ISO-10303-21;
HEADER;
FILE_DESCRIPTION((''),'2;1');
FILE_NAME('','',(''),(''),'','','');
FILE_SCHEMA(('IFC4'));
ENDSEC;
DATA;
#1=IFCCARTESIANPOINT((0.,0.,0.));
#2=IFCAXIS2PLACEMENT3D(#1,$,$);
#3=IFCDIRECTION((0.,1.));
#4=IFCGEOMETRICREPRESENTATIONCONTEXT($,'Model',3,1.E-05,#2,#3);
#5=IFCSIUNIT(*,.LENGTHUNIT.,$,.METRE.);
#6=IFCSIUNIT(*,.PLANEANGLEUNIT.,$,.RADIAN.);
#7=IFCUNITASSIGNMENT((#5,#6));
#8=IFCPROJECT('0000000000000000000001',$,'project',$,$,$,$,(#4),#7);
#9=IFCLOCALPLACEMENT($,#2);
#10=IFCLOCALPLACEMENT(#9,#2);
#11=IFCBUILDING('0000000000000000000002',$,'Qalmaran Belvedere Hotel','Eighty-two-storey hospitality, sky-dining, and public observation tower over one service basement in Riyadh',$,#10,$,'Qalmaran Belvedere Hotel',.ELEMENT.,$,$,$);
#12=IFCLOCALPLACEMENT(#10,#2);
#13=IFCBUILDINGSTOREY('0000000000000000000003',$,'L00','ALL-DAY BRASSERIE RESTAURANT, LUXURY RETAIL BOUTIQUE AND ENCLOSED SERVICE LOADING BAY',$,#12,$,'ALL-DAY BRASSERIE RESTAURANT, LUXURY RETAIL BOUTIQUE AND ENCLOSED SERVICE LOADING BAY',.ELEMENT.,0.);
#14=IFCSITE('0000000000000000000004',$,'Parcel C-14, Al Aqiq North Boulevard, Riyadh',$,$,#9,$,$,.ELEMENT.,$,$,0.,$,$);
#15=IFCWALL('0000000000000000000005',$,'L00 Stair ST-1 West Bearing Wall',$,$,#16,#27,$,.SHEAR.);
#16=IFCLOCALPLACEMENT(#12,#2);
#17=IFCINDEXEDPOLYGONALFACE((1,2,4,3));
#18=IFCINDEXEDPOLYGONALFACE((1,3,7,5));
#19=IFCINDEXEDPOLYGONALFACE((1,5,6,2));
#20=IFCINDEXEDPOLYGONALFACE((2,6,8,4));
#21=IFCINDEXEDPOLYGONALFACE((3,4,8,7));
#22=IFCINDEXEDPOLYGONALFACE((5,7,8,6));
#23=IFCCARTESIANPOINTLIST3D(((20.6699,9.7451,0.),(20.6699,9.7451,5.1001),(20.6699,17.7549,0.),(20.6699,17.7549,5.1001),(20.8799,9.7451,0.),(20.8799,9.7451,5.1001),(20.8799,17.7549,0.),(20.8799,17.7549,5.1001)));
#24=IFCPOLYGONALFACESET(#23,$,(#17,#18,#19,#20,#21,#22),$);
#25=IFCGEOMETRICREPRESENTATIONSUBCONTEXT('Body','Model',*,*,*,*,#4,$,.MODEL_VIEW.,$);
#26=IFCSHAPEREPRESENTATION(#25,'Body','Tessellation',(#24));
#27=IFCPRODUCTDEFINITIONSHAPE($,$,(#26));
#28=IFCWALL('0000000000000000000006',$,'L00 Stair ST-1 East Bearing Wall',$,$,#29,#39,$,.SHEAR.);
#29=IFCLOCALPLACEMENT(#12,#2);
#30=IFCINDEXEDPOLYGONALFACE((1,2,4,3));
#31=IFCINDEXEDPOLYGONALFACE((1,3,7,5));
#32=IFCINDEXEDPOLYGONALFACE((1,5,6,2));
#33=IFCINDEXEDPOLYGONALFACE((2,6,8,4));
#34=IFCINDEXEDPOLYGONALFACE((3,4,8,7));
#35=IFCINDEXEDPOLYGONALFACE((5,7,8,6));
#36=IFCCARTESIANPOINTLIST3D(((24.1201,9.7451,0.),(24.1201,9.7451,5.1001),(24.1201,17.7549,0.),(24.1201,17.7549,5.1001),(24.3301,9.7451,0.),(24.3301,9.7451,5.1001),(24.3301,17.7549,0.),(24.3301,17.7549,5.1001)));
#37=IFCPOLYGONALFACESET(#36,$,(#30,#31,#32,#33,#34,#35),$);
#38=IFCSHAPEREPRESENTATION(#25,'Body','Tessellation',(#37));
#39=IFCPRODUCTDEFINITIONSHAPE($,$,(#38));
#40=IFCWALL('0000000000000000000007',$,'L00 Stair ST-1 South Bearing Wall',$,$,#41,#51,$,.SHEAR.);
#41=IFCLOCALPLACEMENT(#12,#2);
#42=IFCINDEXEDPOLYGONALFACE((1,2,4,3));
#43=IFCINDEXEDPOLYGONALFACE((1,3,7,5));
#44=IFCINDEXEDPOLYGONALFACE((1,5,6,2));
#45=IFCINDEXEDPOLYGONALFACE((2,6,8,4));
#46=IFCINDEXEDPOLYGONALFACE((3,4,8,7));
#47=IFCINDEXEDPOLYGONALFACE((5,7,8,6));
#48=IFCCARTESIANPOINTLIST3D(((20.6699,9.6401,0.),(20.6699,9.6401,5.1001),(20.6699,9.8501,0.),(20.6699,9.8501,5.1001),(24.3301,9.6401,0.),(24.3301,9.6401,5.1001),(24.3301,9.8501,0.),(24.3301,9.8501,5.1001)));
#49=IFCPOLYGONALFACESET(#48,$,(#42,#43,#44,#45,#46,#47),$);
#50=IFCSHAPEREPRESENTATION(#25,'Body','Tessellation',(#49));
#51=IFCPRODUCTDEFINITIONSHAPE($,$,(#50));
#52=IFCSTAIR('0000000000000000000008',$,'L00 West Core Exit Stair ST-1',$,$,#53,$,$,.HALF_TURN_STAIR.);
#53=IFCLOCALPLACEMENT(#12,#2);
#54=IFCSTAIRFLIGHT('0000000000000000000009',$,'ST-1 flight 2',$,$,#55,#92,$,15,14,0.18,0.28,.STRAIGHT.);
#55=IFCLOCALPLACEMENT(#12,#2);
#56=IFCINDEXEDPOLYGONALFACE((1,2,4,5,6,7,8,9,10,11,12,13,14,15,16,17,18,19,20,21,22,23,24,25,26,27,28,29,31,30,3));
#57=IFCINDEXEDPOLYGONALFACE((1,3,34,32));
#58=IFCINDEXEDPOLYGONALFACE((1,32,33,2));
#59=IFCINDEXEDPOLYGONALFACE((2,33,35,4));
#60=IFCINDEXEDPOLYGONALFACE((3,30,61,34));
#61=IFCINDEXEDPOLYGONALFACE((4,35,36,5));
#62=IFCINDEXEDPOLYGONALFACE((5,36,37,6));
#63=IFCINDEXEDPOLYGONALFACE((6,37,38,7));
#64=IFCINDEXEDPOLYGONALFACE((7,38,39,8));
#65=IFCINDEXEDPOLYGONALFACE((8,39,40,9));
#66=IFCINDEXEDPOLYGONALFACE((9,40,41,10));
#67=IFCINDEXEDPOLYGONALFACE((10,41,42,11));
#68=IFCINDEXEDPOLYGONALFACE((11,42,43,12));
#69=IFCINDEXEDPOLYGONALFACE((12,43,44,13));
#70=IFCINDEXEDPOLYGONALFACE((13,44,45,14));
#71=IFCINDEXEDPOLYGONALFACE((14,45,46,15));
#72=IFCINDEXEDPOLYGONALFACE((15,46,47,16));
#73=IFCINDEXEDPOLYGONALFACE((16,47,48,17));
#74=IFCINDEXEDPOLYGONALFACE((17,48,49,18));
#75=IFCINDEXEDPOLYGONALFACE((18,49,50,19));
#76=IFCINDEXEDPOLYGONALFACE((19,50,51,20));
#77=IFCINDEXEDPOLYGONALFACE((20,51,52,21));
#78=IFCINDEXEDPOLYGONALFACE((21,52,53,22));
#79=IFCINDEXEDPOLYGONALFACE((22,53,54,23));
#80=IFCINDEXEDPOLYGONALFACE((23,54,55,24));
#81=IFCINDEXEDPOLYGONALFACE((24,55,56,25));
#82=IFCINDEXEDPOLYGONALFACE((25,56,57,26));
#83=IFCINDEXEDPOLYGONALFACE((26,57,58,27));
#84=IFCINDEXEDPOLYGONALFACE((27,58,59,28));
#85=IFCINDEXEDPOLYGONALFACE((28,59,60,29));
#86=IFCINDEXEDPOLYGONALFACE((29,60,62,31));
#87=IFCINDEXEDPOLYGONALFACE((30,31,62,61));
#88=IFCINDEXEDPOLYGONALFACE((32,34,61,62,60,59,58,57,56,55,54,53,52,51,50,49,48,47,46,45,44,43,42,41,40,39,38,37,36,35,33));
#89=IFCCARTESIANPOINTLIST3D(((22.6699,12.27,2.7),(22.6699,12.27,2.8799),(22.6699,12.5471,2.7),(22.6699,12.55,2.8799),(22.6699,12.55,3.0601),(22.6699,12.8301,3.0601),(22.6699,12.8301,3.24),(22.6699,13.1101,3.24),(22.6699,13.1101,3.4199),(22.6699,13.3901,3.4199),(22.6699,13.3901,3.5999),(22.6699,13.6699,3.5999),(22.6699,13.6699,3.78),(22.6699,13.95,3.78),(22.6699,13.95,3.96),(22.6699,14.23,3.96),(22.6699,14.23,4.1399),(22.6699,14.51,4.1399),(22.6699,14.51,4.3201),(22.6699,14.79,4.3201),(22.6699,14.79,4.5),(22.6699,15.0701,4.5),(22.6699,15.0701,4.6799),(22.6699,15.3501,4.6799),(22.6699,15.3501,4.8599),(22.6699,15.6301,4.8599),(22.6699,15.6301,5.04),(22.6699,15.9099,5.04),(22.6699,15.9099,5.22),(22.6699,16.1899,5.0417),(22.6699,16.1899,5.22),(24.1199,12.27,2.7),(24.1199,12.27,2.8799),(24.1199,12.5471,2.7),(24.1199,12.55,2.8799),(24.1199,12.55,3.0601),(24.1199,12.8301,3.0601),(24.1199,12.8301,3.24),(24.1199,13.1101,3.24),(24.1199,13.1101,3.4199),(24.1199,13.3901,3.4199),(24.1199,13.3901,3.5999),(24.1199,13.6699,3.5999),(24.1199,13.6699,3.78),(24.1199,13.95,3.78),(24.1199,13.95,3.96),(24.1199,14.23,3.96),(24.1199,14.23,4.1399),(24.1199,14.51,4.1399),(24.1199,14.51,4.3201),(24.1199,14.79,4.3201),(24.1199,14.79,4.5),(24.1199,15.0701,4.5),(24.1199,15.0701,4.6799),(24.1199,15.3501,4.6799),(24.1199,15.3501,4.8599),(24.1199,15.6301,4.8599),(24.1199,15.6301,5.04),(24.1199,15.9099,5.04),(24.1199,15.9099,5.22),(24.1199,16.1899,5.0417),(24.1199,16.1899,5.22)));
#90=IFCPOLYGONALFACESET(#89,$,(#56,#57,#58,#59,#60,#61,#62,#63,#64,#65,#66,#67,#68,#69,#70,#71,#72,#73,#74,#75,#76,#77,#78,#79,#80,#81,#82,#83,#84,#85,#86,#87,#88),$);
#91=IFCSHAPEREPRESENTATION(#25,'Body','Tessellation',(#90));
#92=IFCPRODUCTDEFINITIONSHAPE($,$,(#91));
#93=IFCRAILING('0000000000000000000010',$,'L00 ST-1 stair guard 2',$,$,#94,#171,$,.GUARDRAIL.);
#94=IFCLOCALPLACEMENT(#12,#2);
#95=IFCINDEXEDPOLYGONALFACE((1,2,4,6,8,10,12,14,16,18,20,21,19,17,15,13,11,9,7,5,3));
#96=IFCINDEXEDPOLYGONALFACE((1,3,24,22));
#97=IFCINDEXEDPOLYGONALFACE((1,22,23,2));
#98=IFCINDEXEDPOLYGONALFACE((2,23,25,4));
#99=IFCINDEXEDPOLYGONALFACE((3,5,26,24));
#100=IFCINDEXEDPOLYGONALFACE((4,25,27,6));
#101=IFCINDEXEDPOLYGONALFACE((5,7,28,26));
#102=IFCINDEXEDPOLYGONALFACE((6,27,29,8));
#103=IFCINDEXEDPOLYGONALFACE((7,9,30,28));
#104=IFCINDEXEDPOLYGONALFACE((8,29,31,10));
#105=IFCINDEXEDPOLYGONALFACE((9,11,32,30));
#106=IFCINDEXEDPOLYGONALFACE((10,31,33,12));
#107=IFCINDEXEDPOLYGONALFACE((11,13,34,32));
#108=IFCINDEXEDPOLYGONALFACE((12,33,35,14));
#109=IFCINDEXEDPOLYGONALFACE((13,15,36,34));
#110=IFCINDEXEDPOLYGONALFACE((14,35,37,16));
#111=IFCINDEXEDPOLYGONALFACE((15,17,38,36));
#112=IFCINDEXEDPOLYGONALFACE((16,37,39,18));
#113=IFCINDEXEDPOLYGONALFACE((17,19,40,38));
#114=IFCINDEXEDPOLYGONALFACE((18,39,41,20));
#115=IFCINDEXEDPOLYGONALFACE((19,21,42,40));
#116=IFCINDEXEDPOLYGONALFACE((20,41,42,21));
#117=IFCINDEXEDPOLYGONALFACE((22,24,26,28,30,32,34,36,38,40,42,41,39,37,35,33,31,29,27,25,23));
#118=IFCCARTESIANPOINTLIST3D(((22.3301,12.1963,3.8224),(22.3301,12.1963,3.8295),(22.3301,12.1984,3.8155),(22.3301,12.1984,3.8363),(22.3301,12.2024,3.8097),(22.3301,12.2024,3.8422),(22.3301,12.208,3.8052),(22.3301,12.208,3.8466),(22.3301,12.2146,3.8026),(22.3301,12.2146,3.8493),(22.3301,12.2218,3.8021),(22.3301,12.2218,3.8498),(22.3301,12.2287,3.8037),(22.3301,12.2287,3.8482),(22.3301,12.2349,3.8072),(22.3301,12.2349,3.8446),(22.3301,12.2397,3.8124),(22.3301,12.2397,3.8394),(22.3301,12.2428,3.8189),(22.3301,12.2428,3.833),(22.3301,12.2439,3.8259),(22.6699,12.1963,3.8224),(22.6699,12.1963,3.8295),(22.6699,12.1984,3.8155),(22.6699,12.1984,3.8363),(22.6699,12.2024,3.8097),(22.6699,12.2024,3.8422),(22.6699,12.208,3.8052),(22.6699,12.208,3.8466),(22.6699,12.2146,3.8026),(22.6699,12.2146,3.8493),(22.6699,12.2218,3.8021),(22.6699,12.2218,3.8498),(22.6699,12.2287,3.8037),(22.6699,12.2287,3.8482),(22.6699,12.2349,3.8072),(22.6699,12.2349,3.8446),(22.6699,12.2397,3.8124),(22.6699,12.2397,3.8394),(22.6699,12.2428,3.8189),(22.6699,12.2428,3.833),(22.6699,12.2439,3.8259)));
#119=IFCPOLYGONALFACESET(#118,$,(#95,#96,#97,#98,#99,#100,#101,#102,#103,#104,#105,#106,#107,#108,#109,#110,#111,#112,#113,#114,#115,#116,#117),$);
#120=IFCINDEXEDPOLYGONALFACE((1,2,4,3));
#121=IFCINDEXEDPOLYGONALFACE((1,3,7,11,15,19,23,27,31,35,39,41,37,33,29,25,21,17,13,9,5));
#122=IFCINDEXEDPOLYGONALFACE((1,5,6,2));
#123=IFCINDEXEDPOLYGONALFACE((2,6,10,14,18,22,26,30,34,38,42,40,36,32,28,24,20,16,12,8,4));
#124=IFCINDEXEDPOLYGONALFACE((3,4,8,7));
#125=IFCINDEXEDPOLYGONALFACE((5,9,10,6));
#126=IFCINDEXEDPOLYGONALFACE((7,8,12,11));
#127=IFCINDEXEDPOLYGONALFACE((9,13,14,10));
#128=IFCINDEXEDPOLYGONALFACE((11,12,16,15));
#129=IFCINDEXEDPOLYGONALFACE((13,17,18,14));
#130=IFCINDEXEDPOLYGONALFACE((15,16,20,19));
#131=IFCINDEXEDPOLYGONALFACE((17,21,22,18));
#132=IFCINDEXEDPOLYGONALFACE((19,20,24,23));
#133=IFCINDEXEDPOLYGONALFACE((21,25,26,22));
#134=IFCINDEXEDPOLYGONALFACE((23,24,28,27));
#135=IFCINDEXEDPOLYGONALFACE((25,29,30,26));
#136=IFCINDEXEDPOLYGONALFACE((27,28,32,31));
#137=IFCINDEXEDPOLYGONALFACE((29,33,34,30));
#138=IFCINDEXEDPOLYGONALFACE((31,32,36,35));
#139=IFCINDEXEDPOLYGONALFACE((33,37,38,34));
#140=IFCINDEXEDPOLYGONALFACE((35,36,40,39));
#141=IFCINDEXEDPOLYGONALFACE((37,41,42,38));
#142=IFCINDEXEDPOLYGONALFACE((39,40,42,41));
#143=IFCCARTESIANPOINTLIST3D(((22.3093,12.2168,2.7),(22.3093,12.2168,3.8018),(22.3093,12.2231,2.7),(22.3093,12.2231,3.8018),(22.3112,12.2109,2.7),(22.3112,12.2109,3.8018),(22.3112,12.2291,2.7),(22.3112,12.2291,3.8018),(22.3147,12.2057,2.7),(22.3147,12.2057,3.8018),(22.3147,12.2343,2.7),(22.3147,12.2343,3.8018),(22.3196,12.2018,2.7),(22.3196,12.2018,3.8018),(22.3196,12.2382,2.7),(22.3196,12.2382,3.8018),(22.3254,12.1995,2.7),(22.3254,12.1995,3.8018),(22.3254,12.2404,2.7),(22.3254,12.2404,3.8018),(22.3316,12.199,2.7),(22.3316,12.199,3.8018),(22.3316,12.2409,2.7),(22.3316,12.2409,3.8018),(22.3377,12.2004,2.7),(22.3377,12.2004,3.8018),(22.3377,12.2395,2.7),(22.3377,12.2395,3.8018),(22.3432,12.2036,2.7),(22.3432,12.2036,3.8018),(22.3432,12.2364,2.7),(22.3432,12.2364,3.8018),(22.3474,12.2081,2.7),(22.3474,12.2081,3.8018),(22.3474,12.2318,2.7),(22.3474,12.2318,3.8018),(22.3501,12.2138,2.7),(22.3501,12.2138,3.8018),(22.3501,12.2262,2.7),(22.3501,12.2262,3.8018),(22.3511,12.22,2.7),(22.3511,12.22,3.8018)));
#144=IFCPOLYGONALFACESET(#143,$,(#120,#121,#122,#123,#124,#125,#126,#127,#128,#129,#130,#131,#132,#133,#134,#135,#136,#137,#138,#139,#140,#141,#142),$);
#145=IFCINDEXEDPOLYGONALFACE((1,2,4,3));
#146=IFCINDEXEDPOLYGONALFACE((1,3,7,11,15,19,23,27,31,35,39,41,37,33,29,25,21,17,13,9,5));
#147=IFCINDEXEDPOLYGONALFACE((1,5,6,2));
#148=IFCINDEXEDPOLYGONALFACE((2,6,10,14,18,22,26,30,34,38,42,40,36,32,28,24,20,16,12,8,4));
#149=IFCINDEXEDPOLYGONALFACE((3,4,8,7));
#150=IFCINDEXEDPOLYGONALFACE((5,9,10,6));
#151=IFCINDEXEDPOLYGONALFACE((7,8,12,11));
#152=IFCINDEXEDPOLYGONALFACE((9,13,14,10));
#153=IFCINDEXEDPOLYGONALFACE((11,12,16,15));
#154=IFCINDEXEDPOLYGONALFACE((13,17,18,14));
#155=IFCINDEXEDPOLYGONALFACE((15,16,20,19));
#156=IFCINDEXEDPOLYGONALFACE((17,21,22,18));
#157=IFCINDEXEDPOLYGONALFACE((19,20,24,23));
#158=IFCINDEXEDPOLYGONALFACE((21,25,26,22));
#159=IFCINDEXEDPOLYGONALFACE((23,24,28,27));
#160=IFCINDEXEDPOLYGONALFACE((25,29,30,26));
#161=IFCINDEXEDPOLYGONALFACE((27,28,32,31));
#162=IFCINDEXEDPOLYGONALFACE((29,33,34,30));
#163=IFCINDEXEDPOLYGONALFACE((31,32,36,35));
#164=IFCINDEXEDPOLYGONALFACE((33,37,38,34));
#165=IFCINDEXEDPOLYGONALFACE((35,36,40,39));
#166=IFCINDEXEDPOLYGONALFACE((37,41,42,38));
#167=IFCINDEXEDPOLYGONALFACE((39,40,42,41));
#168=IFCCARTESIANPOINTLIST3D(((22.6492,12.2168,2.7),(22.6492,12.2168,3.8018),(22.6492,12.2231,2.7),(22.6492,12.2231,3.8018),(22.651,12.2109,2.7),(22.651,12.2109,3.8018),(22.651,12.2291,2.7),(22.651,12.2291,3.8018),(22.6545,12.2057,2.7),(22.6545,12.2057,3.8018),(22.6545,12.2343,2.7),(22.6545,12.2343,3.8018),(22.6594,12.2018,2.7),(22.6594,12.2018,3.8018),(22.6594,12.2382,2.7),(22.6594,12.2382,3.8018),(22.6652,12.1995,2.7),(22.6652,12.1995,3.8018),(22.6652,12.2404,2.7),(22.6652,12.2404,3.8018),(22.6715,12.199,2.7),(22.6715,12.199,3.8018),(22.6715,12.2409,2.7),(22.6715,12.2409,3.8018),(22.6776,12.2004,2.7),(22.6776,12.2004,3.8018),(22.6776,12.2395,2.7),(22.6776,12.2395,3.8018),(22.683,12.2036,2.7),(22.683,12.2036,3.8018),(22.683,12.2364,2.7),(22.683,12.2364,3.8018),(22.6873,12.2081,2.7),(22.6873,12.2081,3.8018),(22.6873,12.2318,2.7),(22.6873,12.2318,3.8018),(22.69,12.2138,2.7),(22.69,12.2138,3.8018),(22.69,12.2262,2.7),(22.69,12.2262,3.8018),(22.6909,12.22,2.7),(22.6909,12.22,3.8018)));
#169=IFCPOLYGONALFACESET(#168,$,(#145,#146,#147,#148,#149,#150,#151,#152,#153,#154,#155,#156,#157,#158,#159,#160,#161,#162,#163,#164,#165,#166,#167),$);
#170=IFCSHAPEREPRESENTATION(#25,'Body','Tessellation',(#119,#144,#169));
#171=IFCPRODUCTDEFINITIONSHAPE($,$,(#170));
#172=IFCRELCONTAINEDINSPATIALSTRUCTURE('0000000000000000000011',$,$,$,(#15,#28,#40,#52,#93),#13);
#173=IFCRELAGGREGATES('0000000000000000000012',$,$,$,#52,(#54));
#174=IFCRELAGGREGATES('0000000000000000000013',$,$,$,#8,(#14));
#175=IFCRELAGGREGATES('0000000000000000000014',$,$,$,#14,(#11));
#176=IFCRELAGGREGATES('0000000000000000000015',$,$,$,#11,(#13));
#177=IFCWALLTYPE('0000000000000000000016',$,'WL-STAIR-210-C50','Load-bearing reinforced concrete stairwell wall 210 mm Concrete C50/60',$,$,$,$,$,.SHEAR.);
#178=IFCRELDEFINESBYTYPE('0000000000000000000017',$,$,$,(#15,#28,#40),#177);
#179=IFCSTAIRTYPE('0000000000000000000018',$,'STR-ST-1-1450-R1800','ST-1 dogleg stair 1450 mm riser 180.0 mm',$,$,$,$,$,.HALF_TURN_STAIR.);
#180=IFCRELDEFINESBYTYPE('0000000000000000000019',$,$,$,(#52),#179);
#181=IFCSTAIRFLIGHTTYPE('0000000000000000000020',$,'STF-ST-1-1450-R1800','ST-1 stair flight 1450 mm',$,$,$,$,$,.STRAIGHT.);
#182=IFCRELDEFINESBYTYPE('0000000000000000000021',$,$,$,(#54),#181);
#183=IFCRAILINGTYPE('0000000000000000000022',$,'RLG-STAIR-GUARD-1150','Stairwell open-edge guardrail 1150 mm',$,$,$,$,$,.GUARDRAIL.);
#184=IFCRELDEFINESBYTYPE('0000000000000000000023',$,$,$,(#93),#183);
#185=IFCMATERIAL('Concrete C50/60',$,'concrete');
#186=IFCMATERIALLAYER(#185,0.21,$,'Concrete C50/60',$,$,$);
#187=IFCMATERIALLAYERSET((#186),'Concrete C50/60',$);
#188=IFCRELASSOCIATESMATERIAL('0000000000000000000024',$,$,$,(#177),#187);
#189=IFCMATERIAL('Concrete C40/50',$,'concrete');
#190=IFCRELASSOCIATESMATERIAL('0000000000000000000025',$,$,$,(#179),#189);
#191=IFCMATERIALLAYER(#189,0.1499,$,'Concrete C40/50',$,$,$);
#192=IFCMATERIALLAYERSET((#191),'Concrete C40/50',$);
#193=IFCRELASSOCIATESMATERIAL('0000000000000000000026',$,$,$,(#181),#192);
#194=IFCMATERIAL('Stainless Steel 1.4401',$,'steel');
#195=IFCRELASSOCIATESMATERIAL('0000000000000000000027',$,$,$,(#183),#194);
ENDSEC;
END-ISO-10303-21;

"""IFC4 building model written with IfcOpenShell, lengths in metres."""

from ifc_helpers import new_model, si_unit, direction, frame, frame_2d, origin, origin_2d, place, context, subcontext, project, spatial, polyline, rectangle, circle, outline, extrude, material, layer, layer_set, type_object, element, aggregate, save


model = new_model("IFC4")

# Units and contexts
model_context = context("Model", 3, precision=1e-05, world=origin(), true_north=direction((0.0, 1.0)))
body_context = subcontext(model_context, "Body", "Model", "MODEL_VIEW")
ifc_project = project(units=[si_unit("LENGTHUNIT", "METRE"), si_unit("PLANEANGLEUNIT", "RADIAN")], contexts=[model_context])

# Site, building, storey
site_placement = place(None, origin())
site = spatial("IfcSite", under=ifc_project, at=site_placement, Name="Parcel C-14, Al Aqiq North Boulevard, Riyadh", CompositionType="ELEMENT", RefElevation=0.0)
building_placement = place(site_placement, origin())
building = spatial("IfcBuilding", under=site, at=building_placement, Name="Qalmaran Belvedere Hotel", Description="Eighty-two-storey hospitality, sky-dining, and public observation tower over one service basement in Riyadh", LongName="Qalmaran Belvedere Hotel", CompositionType="ELEMENT")
storey_placement = place(building_placement, origin())
storey = spatial("IfcBuildingStorey", under=building, at=storey_placement, Name="L00", Description="ALL-DAY BRASSERIE RESTAURANT, LUXURY RETAIL BOUTIQUE AND ENCLOSED SERVICE LOADING BAY", LongName="ALL-DAY BRASSERIE RESTAURANT, LUXURY RETAIL BOUTIQUE AND ENCLOSED SERVICE LOADING BAY", CompositionType="ELEMENT", Elevation=0.0)

# Walls
ifc_material_1 = material(Name="Concrete C50/60", Category="concrete")
ifc_layer_1 = layer(ifc_material_1, 0.21, Name="Concrete C50/60")
ifc_layer_set_1 = layer_set([ifc_layer_1], Name="Concrete C50/60")
wall_type_1 = type_object("IfcWallType", Name="WL-STAIR-210-C50", Description="Load-bearing reinforced concrete stairwell wall 210 mm Concrete C50/60", PredefinedType="SHEAR", material=ifc_layer_set_1)
for number, where, z_axis, x_axis, name in (
    (1, (20.7749, 9.7451, 0.0), (0.0, 0.0, 1.0), (0.0, 1.0, 0.0), "L00 Stair ST-1 West Bearing Wall"),
    (2, (24.2251, 9.7451, 0.0), (0.0, 0.0, 1.0), (0.0, 1.0, 0.0), "L00 Stair ST-1 East Bearing Wall"),
):
    element("IfcWall", number, at=place(storey_placement, frame(where, z_axis=z_axis, x_axis=x_axis)), inside=storey, type_object=wall_type_1, Name=name, PredefinedType="SHEAR", context=body_context, shape_type="SweptSolid", body=[
        extrude(rectangle(XDim=8.0098, YDim=0.21, at=frame_2d((4.0049, 0.0))), origin(), (0.0, 0.0, 1.0), 5.1001),
    ])
wall_1_placement = place(storey_placement, frame((20.6699, 9.7451, 0.0), z_axis=(0.0, 0.0, 1.0), x_axis=(1.0, 0.0, 0.0)))
element("IfcWall", 3, at=wall_1_placement, inside=storey, type_object=wall_type_1, Name="L00 Stair ST-1 South Bearing Wall", PredefinedType="SHEAR", context=body_context, shape_type="SweptSolid", body=[
    extrude(rectangle(XDim=3.6602, YDim=0.21, at=frame_2d((1.8301, 0.0))), origin(), (0.0, 0.0, 1.0), 5.1001),
])

# Stair, stair flight
ifc_material_2 = material(Name="Concrete C40/50", Category="concrete")
stair_type = type_object("IfcStairType", Name="STR-ST-1-1450-R1800", Description="ST-1 dogleg stair 1450 mm riser 180.0 mm", PredefinedType="HALF_TURN_STAIR", material=ifc_material_2)
stair_placement = place(storey_placement, origin())
stair = element("IfcStair", 4, at=stair_placement, inside=storey, type_object=stair_type, Name="L00 West Core Exit Stair ST-1", PredefinedType="HALF_TURN_STAIR")
ifc_layer_2 = layer(ifc_material_2, 0.1499, Name="Concrete C40/50")
ifc_layer_set_2 = layer_set([ifc_layer_2], Name="Concrete C40/50")
stair_flight_type = type_object("IfcStairFlightType", Name="STF-ST-1-1450-R1800", Description="ST-1 stair flight 1450 mm", PredefinedType="STRAIGHT", material=ifc_layer_set_2)
stair_flight_placement = place(storey_placement, frame((23.395, 12.27, 2.7), z_axis=(0.0, 0.0, 1.0), x_axis=(0.0, 1.0, 0.0)))
stair_flight = element("IfcStairFlight", 5, at=stair_flight_placement, type_object=stair_flight_type, Name="ST-1 flight 2", NumberOfRisers=15, NumberOfTreads=14, PredefinedType="STRAIGHT", RiserHeight=0.18, TreadLength=0.28, context=body_context, shape_type="SweptSolid", body=[
    extrude(outline(polyline([(0.0, 0.0), (0.0, 0.1799), (0.28, 0.1799), (0.28, 0.3601), (0.5601, 0.3601), (0.5601, 0.54), (0.8401, 0.54), (0.8401, 0.72), (1.1201, 0.72), (1.1201, 0.8999), (1.3999, 0.8999), (1.3999, 1.0801), (1.6799, 1.0801), (1.6799, 1.26), (1.96, 1.26), (1.96, 1.4399), (2.24, 1.4399), (2.24, 1.6201), (2.52, 1.6201), (2.52, 1.8), (2.8, 1.8), (2.8, 1.98), (3.0801, 1.98), (3.0801, 2.1599), (3.3601, 2.1599), (3.3601, 2.3401), (3.6399, 2.3401), (3.6399, 2.52), (3.9199, 2.52), (3.9199, 2.7), (3.9199, 2.3418), (0.2771, 0.0), (0.0, 0.0)])), frame((0.0, 0.7251, 0.0), z_axis=(0.0, -1.0, 0.0), x_axis=(1.0, 0.0, 0.0)), (0.0, 0.0, 1.0), 1.45),
])
aggregate(stair, [stair_flight])

# Railing
ifc_material_3 = material(Name="Stainless Steel 1.4401", Category="steel")
railing_type_1 = type_object("IfcRailingType", Name="RLG-STAIR-GUARD-1150", Description="Stairwell open-edge guardrail 1150 mm", PredefinedType="GUARDRAIL", material=ifc_material_3)
railing_1_placement = place(storey_placement, frame((22.3301, 12.22, 2.7)))
element("IfcRailing", 6, at=railing_1_placement, inside=storey, type_object=railing_type_1, Name="L00 ST-1 stair guard 2", PredefinedType="GUARDRAIL", context=body_context, shape_type="SweptSolid", body=[
    extrude(circle(Radius=0.0239, at=origin_2d()), frame((0.0, 0.0, 1.126), z_axis=(1.0, 0.0, 0.0), x_axis=(0.0, 1.0, 0.0)), (0.0, 0.0, 1.0), 0.3398),
    extrude(circle(Radius=0.021, at=origin_2d()), origin(), (0.0, 0.0, 1.0), 1.1018),
    extrude(circle(Radius=0.021, at=origin_2d()), frame((0.3398, 0.0, 0.0)), (0.0, 0.0, 1.0), 1.1018),
])

save(model, "model.ifc")
